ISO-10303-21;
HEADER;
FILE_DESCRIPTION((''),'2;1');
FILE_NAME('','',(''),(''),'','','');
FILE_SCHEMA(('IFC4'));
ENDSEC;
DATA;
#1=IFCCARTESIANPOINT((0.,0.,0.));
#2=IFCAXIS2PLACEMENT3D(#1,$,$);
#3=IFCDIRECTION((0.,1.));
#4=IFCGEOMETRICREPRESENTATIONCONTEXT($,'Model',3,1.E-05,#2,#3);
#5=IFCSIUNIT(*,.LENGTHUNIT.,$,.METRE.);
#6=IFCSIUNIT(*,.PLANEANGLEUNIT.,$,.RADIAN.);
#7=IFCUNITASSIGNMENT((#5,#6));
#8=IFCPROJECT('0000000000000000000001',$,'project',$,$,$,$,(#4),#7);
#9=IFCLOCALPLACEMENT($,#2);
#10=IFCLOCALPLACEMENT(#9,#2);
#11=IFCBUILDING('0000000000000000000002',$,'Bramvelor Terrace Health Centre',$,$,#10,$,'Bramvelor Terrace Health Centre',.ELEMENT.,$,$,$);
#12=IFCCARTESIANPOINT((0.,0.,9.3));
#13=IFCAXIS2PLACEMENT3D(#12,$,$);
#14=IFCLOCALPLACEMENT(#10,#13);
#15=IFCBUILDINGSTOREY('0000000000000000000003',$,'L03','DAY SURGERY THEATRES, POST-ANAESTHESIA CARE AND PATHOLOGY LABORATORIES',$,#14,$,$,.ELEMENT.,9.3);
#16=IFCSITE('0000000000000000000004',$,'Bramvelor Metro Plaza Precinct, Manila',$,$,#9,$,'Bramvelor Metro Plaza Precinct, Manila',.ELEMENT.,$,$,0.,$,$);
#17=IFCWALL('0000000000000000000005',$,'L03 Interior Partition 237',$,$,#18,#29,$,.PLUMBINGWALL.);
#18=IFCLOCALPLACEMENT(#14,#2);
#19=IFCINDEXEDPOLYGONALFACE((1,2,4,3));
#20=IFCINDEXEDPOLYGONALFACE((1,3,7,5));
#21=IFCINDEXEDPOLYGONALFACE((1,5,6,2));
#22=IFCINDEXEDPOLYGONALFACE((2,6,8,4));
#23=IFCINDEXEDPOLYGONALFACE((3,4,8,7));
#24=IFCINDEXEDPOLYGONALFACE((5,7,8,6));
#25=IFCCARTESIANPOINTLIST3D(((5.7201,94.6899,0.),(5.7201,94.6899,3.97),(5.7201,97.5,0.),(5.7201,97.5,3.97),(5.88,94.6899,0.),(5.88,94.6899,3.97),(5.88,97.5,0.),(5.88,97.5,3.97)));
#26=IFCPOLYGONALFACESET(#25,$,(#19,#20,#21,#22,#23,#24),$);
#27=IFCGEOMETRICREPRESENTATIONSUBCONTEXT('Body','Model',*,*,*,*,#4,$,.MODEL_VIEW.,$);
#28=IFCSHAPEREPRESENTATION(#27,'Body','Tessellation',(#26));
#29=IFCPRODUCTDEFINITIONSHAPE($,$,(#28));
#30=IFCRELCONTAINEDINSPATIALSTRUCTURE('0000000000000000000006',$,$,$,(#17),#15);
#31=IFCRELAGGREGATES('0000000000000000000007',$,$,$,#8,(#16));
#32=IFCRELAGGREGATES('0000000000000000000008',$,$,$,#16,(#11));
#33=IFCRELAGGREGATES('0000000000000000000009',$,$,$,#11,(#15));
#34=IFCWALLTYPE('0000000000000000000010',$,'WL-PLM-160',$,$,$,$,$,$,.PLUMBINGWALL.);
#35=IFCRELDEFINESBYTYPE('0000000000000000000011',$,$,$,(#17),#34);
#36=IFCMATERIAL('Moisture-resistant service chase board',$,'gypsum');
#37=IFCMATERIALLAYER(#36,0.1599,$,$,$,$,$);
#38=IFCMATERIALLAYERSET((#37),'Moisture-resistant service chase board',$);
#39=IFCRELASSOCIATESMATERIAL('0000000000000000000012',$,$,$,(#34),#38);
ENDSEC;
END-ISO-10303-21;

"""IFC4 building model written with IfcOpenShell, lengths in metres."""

from ifc_helpers import new_model, si_unit, direction, frame, frame_2d, origin, place, context, subcontext, project, spatial, rectangle, extrude, material, layer, layer_set, type_object, element, save


model = new_model("IFC4")

# Units and contexts
model_context = context("Model", 3, precision=1e-05, world=origin(), true_north=direction((0.0, 1.0)))
body_context = subcontext(model_context, "Body", "Model", "MODEL_VIEW")
ifc_project = project(units=[si_unit("LENGTHUNIT", "METRE"), si_unit("PLANEANGLEUNIT", "RADIAN")], contexts=[model_context])

# Site, building, storey
site_placement = place(None, origin())
site = spatial("IfcSite", under=ifc_project, at=site_placement, Name="Bramvelor Metro Plaza Precinct, Manila", LongName="Bramvelor Metro Plaza Precinct, Manila", CompositionType="ELEMENT", RefElevation=0.0)
building_placement = place(site_placement, origin())
building = spatial("IfcBuilding", under=site, at=building_placement, Name="Bramvelor Terrace Health Centre", LongName="Bramvelor Terrace Health Centre", CompositionType="ELEMENT")
storey_placement = place(building_placement, frame((0.0, 0.0, 9.3)))
storey = spatial("IfcBuildingStorey", under=building, at=storey_placement, Name="L03", Description="DAY SURGERY THEATRES, POST-ANAESTHESIA CARE AND PATHOLOGY LABORATORIES", CompositionType="ELEMENT", Elevation=9.3)

# Shared definitions
ifc_material_1 = material(Name="Moisture-resistant service chase board", Category="gypsum")
ifc_layer_1 = layer(ifc_material_1, 0.1599)
ifc_layer_set_1 = layer_set([ifc_layer_1], Name="Moisture-resistant service chase board")
wall_type_1 = type_object("IfcWallType", Name="WL-PLM-160", PredefinedType="PLUMBINGWALL", material=ifc_layer_set_1)

# Wall
wall_1_placement = place(storey_placement, frame((5.8, 94.6899, 0.0), z_axis=(0.0, 0.0, 1.0), x_axis=(0.0, 1.0, 0.0)))
element("IfcWall", 1, at=wall_1_placement, inside=storey, type_object=wall_type_1, Name="L03 Interior Partition 237", PredefinedType="PLUMBINGWALL", context=body_context, shape_type="SweptSolid", body=[
    extrude(rectangle(XDim=2.8101, YDim=0.1599, at=frame_2d((1.405, 0.0))), origin(), (0.0, 0.0, 1.0), 3.97),
])

save(model, "model.ifc")
